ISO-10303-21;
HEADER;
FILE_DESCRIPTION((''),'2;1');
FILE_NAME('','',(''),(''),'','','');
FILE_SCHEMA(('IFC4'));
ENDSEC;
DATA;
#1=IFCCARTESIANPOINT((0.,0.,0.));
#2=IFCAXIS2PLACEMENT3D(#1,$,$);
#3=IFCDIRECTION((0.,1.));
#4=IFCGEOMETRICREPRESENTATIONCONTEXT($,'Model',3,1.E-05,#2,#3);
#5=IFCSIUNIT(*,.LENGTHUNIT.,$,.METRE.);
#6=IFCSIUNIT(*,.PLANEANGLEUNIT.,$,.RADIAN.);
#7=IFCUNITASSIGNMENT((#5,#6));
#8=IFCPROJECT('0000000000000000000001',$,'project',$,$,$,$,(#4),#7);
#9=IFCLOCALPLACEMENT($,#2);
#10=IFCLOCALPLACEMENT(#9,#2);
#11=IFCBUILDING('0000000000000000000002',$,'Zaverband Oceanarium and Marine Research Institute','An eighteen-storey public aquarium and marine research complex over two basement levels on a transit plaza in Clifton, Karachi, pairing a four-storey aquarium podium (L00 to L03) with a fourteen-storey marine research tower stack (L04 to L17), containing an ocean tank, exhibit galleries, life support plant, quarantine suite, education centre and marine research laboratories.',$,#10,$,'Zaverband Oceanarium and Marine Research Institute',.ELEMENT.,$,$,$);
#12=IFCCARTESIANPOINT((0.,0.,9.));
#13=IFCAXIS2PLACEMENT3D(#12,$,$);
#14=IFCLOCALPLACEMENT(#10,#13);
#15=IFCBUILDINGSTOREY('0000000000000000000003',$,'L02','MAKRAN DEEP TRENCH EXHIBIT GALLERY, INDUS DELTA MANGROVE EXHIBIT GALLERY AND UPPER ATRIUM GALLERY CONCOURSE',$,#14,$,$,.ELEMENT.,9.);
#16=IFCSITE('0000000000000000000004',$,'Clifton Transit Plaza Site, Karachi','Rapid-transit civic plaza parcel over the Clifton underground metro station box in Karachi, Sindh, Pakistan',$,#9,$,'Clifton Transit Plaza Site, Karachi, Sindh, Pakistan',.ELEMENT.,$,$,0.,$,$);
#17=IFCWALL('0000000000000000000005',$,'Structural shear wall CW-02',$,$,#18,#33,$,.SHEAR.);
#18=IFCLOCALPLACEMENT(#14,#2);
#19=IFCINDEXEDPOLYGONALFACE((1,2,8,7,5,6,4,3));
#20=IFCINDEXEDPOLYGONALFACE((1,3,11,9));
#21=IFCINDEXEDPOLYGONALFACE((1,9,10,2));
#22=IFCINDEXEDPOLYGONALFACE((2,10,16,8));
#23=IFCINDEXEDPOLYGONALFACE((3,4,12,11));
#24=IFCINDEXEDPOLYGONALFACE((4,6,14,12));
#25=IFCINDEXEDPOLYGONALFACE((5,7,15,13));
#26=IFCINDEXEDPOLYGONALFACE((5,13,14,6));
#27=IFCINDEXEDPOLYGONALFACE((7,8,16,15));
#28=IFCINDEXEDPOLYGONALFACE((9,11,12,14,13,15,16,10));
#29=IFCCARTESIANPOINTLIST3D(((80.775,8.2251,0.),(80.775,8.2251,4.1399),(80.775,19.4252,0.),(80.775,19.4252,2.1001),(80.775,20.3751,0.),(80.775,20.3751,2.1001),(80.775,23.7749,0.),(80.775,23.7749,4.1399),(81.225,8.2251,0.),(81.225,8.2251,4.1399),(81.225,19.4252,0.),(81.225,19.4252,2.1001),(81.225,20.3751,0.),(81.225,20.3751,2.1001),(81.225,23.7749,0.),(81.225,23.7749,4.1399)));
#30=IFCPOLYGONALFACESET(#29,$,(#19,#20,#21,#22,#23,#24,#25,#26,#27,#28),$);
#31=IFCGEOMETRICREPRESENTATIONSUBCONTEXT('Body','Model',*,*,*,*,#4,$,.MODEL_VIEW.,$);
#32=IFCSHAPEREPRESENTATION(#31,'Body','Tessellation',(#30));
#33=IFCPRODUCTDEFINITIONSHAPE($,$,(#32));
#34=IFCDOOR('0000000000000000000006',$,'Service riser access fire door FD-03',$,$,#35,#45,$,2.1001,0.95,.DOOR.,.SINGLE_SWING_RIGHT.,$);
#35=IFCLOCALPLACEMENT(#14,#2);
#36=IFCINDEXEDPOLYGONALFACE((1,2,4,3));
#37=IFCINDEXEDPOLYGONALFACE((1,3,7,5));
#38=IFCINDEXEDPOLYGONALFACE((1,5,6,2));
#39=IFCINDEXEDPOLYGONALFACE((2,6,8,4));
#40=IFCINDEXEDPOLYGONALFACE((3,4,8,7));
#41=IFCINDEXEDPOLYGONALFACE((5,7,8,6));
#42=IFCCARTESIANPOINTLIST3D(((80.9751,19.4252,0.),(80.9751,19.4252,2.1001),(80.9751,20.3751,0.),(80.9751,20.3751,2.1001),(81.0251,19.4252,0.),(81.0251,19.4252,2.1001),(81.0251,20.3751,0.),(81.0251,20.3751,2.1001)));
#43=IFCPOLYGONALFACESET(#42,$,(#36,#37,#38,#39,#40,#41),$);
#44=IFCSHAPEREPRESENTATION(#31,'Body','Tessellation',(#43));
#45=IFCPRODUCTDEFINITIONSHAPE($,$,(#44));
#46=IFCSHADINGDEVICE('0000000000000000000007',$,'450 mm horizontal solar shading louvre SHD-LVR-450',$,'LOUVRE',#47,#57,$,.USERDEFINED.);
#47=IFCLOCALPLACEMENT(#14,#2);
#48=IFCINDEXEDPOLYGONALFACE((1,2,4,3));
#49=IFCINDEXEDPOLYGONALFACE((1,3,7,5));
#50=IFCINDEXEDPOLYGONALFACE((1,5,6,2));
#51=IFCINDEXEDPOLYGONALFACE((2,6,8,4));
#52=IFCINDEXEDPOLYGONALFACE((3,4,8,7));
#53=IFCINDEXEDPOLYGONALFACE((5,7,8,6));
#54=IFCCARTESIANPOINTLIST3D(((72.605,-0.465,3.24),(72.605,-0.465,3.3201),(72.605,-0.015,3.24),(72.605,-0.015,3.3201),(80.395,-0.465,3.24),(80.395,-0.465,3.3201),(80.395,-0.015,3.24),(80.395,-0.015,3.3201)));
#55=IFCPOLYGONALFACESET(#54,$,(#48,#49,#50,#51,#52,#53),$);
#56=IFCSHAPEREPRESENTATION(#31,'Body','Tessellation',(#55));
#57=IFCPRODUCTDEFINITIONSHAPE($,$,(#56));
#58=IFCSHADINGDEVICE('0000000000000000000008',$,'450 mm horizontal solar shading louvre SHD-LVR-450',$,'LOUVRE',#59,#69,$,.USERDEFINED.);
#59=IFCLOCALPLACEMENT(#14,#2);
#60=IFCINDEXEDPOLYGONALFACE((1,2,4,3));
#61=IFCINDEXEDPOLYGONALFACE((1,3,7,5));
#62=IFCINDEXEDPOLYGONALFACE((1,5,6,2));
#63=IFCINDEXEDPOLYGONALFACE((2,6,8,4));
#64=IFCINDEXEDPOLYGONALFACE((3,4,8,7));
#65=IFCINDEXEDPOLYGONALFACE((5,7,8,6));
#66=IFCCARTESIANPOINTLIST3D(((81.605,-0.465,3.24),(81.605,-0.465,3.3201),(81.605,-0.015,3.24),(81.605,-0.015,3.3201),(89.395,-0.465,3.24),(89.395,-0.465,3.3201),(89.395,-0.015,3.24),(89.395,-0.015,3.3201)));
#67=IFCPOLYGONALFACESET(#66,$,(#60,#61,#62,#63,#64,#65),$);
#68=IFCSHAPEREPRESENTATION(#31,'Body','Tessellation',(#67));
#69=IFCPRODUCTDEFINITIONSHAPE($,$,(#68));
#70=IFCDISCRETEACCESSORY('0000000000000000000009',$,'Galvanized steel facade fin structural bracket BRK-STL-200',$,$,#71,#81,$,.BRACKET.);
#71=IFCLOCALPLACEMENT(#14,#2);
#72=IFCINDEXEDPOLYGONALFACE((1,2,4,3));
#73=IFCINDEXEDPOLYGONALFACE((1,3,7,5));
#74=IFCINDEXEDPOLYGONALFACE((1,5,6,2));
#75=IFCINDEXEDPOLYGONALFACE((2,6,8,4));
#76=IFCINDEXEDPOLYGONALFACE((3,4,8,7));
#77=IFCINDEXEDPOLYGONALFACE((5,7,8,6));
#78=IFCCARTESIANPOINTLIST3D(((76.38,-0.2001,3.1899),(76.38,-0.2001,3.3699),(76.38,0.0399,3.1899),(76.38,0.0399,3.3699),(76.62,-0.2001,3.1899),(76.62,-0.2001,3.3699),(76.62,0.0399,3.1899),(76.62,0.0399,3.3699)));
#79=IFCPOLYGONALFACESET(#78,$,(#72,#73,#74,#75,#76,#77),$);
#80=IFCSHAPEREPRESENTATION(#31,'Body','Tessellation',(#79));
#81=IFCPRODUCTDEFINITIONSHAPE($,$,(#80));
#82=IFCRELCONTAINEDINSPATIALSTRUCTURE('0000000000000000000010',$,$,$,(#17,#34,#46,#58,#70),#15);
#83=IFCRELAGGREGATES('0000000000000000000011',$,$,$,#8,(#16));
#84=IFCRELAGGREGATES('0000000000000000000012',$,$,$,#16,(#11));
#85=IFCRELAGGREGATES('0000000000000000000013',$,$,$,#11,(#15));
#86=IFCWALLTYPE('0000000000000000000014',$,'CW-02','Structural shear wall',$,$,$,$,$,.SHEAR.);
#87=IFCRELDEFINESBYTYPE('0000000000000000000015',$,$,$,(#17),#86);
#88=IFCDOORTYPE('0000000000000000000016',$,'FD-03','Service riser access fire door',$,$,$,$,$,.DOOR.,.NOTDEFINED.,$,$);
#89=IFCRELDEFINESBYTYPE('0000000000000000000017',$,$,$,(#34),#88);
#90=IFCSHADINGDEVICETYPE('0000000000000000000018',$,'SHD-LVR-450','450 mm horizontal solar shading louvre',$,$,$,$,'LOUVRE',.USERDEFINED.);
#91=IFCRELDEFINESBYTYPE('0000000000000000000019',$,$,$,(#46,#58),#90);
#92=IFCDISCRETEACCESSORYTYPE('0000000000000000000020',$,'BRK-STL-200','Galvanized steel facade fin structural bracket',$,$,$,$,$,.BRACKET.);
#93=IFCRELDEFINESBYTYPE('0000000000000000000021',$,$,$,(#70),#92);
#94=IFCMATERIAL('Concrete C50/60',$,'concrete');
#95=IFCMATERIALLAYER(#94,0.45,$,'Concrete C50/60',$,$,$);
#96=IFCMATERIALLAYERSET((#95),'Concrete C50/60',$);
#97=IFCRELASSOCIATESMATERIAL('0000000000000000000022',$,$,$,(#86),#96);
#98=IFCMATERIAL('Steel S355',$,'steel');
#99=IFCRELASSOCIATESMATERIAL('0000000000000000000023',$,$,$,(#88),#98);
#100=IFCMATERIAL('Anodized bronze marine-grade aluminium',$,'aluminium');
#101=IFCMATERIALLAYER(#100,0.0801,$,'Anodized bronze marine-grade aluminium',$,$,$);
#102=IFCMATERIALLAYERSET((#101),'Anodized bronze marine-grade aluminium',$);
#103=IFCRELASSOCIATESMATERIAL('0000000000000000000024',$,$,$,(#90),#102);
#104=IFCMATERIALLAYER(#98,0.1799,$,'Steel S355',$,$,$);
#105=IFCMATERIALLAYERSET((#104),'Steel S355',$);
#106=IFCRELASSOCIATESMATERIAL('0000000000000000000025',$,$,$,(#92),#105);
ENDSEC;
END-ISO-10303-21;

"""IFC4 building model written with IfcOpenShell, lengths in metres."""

from ifc_helpers import new_model, si_unit, direction, frame, frame_2d, origin, origin_2d, place, context, subcontext, project, spatial, rectangle, extrude, material, layer, layer_set, type_object, element, fill, save


model = new_model("IFC4")

# Units and contexts
model_context = context("Model", 3, precision=1e-05, world=origin(), true_north=direction((0.0, 1.0)))
body_context = subcontext(model_context, "Body", "Model", "MODEL_VIEW")
ifc_project = project(units=[si_unit("LENGTHUNIT", "METRE"), si_unit("PLANEANGLEUNIT", "RADIAN")], contexts=[model_context])

# Site, building, storey
site_placement = place(None, origin())
site = spatial("IfcSite", under=ifc_project, at=site_placement, Name="Clifton Transit Plaza Site, Karachi", Description="Rapid-transit civic plaza parcel over the Clifton underground metro station box in Karachi, Sindh, Pakistan", LongName="Clifton Transit Plaza Site, Karachi, Sindh, Pakistan", CompositionType="ELEMENT", RefElevation=0.0)
building_placement = place(site_placement, origin())
building = spatial("IfcBuilding", under=site, at=building_placement, Name="Zaverband Oceanarium and Marine Research Institute", Description="An eighteen-storey public aquarium and marine research complex over two basement levels on a transit plaza in Clifton, Karachi, pairing a four-storey aquarium podium (L00 to L03) with a fourteen-storey marine research tower stack (L04 to L17), containing an ocean tank, exhibit galleries, life support plant, quarantine suite, education centre and marine research laboratories.", LongName="Zaverband Oceanarium and Marine Research Institute", CompositionType="ELEMENT")
storey_placement = place(building_placement, frame((0.0, 0.0, 9.0)))
storey = spatial("IfcBuildingStorey", under=building, at=storey_placement, Name="L02", Description="MAKRAN DEEP TRENCH EXHIBIT GALLERY, INDUS DELTA MANGROVE EXHIBIT GALLERY AND UPPER ATRIUM GALLERY CONCOURSE", CompositionType="ELEMENT", Elevation=9.0)

# Shared definitions
ifc_material_1 = material(Name="Concrete C50/60", Category="concrete")

# Shared definitions
ifc_layer_1 = layer(ifc_material_1, 0.45, Name="Concrete C50/60")
ifc_layer_set_1 = layer_set([ifc_layer_1], Name="Concrete C50/60")
wall_type = type_object("IfcWallType", Name="CW-02", Description="Structural shear wall", PredefinedType="SHEAR", material=ifc_layer_set_1)

# Wall, opening, door
wall_1_placement = place(storey_placement, frame((81.0, 8.2251, 0.0), z_axis=(0.0, 0.0, 1.0), x_axis=(0.0, 1.0, 0.0)))
wall_1 = element("IfcWall", 1, at=wall_1_placement, inside=storey, type_object=wall_type, Name="Structural shear wall CW-02", PredefinedType="SHEAR", context=body_context, shape_type="SweptSolid", body=[
    extrude(rectangle(XDim=15.5498, YDim=0.45, at=frame_2d((7.7749, 0.0))), origin(), (0.0, 0.0, 1.0), 4.1399),
])
opening_placement = place(wall_1_placement, frame((11.2, 0.0, 0.0)))
opening = element("IfcOpeningElement", 2, at=opening_placement, cuts=wall_1, PredefinedType="OPENING", context=body_context, shape_type="SweptSolid", body=[
    extrude(rectangle(XDim=0.95, YDim=2.1001, at=frame_2d((0.4751, 1.05))), frame((0.0, 0.2368, 0.0), z_axis=(0.0, -1.0, 0.0), x_axis=(1.0, 0.0, 0.0)), (0.0, 0.0, 1.0), 0.4739),
])
ifc_material_2 = material(Name="Steel S355", Category="steel")
door_type = type_object("IfcDoorType", Name="FD-03", Description="Service riser access fire door", OperationType="NOTDEFINED", PredefinedType="DOOR", material=ifc_material_2)
door_placement = place(opening_placement, origin())
door = element("IfcDoor", 3, at=door_placement, inside=storey, type_object=door_type, Name="Service riser access fire door FD-03", OperationType="SINGLE_SWING_RIGHT", OverallHeight=2.1001, OverallWidth=0.95, PredefinedType="DOOR", context=body_context, shape_type="SweptSolid", body=[
    extrude(rectangle(XDim=0.95, YDim=2.1001, at=frame_2d((0.4751, 1.05))), frame((0.0, 0.0249, 0.0), z_axis=(0.0, -1.0, 0.0), x_axis=(1.0, 0.0, 0.0)), (0.0, 0.0, 1.0), 0.05),
])
fill(opening, door)

# Shading devices
ifc_material_3 = material(Name="Anodized bronze marine-grade aluminium", Category="aluminium")
ifc_layer_2 = layer(ifc_material_3, 0.0801, Name="Anodized bronze marine-grade aluminium")
ifc_layer_set_2 = layer_set([ifc_layer_2], Name="Anodized bronze marine-grade aluminium")
shading_device_type = type_object("IfcShadingDeviceType", Name="SHD-LVR-450", Description="450 mm horizontal solar shading louvre", ElementType="LOUVRE", PredefinedType="USERDEFINED", material=ifc_layer_set_2)
for number, where, z_axis, x_axis, name in (
    (4, (72.605, -0.24, 3.24), (0.0, 0.0, 1.0), (1.0, 0.0, 0.0), "450 mm horizontal solar shading louvre SHD-LVR-450"),
    (5, (81.605, -0.24, 3.24), (0.0, 0.0, 1.0), (1.0, 0.0, 0.0), "450 mm horizontal solar shading louvre SHD-LVR-450"),
):
    element("IfcShadingDevice", number, at=place(storey_placement, frame(where, z_axis=z_axis, x_axis=x_axis)), inside=storey, type_object=shading_device_type, Name=name, ObjectType="LOUVRE", PredefinedType="USERDEFINED", context=body_context, shape_type="SweptSolid", body=[
        extrude(rectangle(XDim=7.79, YDim=0.45, at=frame_2d((3.895, 0.0))), origin(), (0.0, 0.0, 1.0), 0.0801),
    ])

# Discrete accessory
ifc_layer_3 = layer(ifc_material_2, 0.1799, Name="Steel S355")
ifc_layer_set_3 = layer_set([ifc_layer_3], Name="Steel S355")
discrete_accessory_type = type_object("IfcDiscreteAccessoryType", Name="BRK-STL-200", Description="Galvanized steel facade fin structural bracket", PredefinedType="BRACKET", material=ifc_layer_set_3)
discrete_accessory_placement = place(storey_placement, frame((76.5, -0.0801, 3.1899), z_axis=(0.0, 0.0, 1.0), x_axis=(1.0, 0.0, 0.0)))
element("IfcDiscreteAccessory", 6, at=discrete_accessory_placement, inside=storey, type_object=discrete_accessory_type, Name="Galvanized steel facade fin structural bracket BRK-STL-200", PredefinedType="BRACKET", context=body_context, shape_type="SweptSolid", body=[
    extrude(rectangle(XDim=0.24, YDim=0.24, at=origin_2d()), origin(), (0.0, 0.0, 1.0), 0.1799),
])

save(model, "model.ifc")
